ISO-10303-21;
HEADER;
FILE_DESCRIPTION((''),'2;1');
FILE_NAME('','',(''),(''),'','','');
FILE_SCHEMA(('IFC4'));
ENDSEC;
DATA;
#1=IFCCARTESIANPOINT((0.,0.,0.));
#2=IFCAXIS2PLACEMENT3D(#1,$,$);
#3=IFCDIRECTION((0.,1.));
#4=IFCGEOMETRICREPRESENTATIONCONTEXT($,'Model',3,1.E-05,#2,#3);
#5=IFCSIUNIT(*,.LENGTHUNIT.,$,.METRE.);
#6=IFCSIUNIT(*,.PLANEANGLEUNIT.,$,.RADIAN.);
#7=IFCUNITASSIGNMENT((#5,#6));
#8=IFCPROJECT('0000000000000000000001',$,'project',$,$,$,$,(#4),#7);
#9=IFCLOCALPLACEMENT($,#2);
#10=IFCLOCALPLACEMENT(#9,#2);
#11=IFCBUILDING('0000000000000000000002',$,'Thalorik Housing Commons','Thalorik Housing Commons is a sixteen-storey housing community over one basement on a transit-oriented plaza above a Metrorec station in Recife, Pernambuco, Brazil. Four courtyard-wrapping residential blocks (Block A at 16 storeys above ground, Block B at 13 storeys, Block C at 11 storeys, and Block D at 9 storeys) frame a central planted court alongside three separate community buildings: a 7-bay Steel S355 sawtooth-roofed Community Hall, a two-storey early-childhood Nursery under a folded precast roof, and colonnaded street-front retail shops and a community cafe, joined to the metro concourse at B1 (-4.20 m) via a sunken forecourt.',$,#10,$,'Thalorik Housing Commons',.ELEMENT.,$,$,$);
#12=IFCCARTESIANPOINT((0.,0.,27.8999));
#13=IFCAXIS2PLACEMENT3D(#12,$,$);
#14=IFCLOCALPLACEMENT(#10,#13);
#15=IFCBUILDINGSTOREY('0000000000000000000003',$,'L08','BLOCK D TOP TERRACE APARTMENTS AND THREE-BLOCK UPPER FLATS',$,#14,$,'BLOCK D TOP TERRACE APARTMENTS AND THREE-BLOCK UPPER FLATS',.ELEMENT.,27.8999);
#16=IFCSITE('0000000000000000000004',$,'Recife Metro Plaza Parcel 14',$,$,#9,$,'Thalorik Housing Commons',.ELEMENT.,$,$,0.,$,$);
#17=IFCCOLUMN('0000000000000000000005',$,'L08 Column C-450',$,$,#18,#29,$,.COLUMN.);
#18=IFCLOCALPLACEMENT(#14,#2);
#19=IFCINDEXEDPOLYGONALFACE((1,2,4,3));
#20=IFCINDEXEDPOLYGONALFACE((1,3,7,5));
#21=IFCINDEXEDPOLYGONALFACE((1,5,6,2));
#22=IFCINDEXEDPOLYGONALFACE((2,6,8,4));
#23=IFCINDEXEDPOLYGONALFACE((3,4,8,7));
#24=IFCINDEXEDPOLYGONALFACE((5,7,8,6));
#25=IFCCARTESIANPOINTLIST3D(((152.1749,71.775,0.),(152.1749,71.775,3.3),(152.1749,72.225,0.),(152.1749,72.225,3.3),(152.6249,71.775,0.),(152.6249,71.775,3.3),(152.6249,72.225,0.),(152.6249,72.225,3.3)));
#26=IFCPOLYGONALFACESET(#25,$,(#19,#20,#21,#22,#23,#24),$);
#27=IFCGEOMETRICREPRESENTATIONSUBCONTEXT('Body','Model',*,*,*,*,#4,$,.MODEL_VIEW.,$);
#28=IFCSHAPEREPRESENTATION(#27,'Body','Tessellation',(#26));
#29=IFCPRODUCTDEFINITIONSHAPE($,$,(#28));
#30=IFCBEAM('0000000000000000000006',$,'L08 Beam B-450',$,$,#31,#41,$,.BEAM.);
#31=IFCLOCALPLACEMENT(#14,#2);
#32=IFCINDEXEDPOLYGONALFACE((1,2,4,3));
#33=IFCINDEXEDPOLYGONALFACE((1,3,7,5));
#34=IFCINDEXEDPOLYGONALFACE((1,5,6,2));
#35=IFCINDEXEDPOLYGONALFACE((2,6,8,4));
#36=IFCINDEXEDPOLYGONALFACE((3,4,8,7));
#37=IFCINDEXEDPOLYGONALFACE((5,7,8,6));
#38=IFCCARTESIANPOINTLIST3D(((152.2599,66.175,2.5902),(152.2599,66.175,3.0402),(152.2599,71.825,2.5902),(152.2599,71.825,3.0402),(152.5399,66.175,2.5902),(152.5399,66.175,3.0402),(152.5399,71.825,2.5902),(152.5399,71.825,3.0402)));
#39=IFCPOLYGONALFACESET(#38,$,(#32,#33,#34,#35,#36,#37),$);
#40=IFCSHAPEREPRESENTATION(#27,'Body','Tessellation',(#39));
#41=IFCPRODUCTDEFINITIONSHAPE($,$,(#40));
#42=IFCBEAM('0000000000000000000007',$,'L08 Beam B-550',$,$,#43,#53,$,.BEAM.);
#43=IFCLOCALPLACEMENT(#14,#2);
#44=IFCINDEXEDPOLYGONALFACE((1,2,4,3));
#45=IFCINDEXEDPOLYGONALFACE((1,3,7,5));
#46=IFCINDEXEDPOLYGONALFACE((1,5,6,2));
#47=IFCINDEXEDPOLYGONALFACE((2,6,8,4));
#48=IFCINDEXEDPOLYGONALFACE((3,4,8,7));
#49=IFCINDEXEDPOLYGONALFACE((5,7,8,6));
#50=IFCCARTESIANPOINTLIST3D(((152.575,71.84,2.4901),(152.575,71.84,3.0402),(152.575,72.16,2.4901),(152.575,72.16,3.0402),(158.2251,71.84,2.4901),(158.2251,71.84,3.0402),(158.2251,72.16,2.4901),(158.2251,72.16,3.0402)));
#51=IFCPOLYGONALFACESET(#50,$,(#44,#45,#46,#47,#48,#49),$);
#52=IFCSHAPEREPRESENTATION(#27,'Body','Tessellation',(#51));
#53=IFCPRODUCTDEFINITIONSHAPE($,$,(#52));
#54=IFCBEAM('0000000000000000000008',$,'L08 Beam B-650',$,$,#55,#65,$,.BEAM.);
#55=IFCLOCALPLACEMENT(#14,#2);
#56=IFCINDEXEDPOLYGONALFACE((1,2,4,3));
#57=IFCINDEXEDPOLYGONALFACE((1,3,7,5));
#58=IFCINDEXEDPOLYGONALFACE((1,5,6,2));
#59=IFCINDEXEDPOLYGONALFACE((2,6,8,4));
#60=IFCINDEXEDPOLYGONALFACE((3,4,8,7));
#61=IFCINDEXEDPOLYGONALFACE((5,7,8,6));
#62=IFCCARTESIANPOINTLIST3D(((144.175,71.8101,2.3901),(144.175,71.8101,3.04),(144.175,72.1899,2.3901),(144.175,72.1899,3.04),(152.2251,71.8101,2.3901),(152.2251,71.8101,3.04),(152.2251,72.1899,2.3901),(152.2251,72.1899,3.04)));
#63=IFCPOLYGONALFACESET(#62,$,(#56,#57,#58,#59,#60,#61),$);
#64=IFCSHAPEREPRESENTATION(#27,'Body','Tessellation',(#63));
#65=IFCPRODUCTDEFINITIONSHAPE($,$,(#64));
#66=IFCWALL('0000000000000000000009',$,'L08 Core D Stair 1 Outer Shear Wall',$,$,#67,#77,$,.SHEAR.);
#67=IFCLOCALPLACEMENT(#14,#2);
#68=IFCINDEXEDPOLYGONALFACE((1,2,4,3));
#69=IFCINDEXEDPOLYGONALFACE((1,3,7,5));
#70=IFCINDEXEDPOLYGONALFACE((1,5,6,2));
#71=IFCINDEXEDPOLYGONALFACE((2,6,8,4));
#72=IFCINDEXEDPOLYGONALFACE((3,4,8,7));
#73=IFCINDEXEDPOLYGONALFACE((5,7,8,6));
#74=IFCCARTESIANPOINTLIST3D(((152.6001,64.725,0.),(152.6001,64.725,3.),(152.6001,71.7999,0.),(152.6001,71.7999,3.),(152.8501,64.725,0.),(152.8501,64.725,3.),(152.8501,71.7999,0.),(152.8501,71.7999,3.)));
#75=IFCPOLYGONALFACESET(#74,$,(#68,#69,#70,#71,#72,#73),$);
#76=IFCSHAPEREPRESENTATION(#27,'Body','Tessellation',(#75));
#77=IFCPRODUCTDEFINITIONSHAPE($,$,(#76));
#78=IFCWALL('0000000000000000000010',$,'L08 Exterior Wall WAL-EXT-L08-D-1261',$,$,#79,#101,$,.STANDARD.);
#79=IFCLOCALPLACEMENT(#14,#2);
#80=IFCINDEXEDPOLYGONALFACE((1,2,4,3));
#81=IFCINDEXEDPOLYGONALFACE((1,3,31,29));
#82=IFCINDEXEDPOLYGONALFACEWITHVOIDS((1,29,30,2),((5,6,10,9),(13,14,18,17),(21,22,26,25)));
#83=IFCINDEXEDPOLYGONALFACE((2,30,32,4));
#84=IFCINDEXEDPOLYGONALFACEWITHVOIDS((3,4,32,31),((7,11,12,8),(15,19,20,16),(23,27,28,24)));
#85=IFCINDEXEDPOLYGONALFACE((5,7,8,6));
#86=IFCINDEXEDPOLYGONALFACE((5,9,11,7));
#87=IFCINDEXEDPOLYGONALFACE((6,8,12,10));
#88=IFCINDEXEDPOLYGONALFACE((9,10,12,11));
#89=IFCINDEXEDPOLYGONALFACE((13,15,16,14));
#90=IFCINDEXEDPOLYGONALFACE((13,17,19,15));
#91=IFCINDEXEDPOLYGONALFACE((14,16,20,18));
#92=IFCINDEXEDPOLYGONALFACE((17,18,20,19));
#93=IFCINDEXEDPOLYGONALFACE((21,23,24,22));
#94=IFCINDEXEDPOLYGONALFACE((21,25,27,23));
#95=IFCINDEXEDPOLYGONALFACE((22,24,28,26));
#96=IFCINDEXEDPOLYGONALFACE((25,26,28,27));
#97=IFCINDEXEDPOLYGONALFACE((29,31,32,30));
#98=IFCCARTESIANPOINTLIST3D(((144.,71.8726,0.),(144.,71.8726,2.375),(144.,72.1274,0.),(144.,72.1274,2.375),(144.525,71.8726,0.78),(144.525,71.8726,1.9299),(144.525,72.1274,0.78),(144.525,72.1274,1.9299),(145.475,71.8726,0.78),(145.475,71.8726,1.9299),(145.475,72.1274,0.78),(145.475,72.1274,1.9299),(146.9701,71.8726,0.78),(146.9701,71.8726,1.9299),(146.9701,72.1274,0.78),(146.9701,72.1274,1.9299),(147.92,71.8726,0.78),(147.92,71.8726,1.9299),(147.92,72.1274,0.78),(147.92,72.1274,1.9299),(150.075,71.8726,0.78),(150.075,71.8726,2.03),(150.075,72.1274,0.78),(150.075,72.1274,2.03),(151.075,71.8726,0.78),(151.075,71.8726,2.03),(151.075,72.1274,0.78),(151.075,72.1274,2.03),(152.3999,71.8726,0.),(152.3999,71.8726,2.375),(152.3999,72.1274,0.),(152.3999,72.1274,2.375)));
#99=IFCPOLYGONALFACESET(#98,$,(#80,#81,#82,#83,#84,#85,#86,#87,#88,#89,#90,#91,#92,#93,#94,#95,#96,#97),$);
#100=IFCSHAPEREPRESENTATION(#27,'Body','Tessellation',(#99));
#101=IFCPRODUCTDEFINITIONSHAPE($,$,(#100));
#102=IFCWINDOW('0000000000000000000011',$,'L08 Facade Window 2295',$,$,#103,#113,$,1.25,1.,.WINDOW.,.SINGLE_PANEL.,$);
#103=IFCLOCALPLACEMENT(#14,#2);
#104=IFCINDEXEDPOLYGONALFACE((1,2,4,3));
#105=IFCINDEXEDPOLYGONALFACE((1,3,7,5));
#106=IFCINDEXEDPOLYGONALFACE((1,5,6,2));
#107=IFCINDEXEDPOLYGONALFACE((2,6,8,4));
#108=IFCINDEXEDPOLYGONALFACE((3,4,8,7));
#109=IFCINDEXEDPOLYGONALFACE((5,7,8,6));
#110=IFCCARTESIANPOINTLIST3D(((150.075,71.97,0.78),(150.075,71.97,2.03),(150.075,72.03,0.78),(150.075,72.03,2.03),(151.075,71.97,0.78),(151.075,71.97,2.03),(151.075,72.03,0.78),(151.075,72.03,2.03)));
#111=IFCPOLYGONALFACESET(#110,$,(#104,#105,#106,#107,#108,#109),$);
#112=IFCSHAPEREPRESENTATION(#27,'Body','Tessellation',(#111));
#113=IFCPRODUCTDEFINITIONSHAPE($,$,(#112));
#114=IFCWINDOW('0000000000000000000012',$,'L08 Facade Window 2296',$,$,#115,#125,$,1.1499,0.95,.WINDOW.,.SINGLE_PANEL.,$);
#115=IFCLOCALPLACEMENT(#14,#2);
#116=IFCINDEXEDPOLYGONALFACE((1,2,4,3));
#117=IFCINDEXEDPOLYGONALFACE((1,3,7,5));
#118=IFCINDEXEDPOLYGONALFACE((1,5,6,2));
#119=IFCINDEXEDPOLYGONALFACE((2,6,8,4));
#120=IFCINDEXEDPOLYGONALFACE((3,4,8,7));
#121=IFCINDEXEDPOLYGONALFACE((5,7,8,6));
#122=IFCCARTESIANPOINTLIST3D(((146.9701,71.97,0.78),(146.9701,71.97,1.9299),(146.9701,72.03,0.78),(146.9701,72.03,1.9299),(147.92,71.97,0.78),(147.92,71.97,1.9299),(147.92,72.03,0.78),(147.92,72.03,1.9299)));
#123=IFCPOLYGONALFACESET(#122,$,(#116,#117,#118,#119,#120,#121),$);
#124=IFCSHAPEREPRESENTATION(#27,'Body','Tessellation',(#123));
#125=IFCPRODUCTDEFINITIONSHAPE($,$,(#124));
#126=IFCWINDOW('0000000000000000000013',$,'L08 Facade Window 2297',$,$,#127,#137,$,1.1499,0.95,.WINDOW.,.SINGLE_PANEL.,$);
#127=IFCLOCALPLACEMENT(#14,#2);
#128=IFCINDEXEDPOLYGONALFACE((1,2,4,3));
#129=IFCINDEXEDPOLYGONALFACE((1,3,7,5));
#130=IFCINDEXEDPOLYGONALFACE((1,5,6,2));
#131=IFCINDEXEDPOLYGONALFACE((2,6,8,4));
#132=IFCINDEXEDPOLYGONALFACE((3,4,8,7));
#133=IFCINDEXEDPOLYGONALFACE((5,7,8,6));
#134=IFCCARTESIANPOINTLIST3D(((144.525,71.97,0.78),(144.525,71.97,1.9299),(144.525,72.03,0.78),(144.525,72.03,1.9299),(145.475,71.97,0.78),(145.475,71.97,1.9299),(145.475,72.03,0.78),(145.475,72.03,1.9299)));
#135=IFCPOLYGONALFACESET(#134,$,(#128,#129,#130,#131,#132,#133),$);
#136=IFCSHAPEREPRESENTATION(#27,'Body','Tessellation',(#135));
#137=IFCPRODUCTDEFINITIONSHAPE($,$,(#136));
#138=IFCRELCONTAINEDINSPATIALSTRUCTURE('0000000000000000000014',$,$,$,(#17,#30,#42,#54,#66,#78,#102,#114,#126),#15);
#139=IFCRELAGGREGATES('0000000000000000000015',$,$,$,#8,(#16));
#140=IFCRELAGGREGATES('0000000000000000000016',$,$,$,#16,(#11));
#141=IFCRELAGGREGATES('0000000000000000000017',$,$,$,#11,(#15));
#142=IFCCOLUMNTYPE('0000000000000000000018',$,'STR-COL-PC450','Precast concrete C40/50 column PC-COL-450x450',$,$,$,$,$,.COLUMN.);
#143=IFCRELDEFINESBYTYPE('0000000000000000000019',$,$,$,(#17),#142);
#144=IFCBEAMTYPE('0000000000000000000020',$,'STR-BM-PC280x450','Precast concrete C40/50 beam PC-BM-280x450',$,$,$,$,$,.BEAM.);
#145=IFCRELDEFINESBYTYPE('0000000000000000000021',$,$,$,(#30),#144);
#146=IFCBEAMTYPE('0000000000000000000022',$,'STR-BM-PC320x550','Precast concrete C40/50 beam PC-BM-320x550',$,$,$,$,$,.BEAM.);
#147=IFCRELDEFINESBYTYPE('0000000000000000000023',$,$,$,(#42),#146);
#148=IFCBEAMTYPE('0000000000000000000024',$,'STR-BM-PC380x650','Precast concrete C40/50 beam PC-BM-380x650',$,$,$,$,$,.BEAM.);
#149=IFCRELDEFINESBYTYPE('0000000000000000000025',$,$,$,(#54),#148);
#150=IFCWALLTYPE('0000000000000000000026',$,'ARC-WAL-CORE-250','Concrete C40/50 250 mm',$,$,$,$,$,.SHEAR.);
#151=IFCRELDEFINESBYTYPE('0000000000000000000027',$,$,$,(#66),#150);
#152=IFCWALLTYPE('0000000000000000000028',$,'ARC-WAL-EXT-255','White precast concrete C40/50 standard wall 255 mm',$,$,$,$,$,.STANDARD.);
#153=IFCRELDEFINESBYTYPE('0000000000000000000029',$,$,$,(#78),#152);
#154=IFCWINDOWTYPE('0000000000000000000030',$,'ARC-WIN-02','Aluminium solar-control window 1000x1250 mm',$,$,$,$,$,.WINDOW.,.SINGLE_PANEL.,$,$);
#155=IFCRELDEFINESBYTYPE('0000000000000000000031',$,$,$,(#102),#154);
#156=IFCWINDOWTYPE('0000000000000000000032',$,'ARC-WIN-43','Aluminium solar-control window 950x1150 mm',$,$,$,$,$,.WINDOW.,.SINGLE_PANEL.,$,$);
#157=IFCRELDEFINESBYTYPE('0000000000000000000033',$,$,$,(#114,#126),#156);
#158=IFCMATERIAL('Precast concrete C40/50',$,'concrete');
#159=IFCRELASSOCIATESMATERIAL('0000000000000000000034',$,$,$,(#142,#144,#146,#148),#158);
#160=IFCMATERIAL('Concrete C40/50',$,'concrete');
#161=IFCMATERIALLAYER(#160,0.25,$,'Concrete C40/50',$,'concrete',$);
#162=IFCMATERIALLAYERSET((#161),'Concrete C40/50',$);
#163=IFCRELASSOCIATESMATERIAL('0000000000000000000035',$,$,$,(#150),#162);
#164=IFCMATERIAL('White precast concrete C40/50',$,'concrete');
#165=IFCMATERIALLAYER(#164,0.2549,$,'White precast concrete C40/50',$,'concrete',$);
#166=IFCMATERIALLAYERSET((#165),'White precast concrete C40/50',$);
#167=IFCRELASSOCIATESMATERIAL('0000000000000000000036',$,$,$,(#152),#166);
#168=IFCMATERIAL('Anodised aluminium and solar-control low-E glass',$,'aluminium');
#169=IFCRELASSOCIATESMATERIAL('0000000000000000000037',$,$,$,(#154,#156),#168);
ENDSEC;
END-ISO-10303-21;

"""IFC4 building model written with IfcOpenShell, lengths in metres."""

from ifc_helpers import new_model, si_unit, direction, frame, frame_2d, origin, origin_2d, place, context, subcontext, project, spatial, rectangle, extrude, material, layer, layer_set, material_profile, profile_set, type_object, element, fill, save


model = new_model("IFC4")

# Units and contexts
model_context = context("Model", 3, precision=1e-05, world=origin(), true_north=direction((0.0, 1.0)))
body_context = subcontext(model_context, "Body", "Model", "MODEL_VIEW")
ifc_project = project(units=[si_unit("LENGTHUNIT", "METRE"), si_unit("PLANEANGLEUNIT", "RADIAN")], contexts=[model_context])

# Site, building, storey
site_placement = place(None, origin())
site = spatial("IfcSite", under=ifc_project, at=site_placement, Name="Recife Metro Plaza Parcel 14", LongName="Thalorik Housing Commons", CompositionType="ELEMENT", RefElevation=0.0)
building_placement = place(site_placement, origin())
building = spatial("IfcBuilding", under=site, at=building_placement, Name="Thalorik Housing Commons", Description="Thalorik Housing Commons is a sixteen-storey housing community over one basement on a transit-oriented plaza above a Metrorec station in Recife, Pernambuco, Brazil. Four courtyard-wrapping residential blocks (Block A at 16 storeys above ground, Block B at 13 storeys, Block C at 11 storeys, and Block D at 9 storeys) frame a central planted court alongside three separate community buildings: a 7-bay Steel S355 sawtooth-roofed Community Hall, a two-storey early-childhood Nursery under a folded precast roof, and colonnaded street-front retail shops and a community cafe, joined to the metro concourse at B1 (-4.20 m) via a sunken forecourt.", LongName="Thalorik Housing Commons", CompositionType="ELEMENT")
storey_placement = place(building_placement, frame((0.0, 0.0, 27.8999)))
storey = spatial("IfcBuildingStorey", under=building, at=storey_placement, Name="L08", Description="BLOCK D TOP TERRACE APARTMENTS AND THREE-BLOCK UPPER FLATS", LongName="BLOCK D TOP TERRACE APARTMENTS AND THREE-BLOCK UPPER FLATS", CompositionType="ELEMENT", Elevation=27.8999)

# Column
ifc_material_1 = material(Name="Precast concrete C40/50", Category="concrete")
ifc_material_profile_1 = material_profile(ifc_material_1, rectangle(XDim=0.45, YDim=0.45, at=origin_2d()), Name="PC 450x450", Category="concrete")
ifc_profile_set_1 = profile_set([ifc_material_profile_1], Name="Precast concrete C40/50")
column_type = type_object("IfcColumnType", Name="STR-COL-PC450", Description="Precast concrete C40/50 column PC-COL-450x450", PredefinedType="COLUMN", material=ifc_profile_set_1)
column_placement = place(storey_placement, frame((152.3999, 72.0, 0.0), z_axis=(0.0, 0.0, 1.0), x_axis=(1.0, 0.0, 0.0)))
element("IfcColumn", 1, at=column_placement, inside=storey, type_object=column_type, Name="L08 Column C-450", PredefinedType="COLUMN", context=body_context, shape_type="SweptSolid", body=[
    extrude(rectangle(XDim=0.45, YDim=0.45, at=origin_2d()), origin(), (0.0, 0.0, 1.0), 3.3),
])

# Beams
ifc_material_profile_2 = material_profile(ifc_material_1, rectangle(XDim=0.28, YDim=0.45, at=origin_2d()), Name="PC 280x450", Category="concrete")
ifc_profile_set_2 = profile_set([ifc_material_profile_2], Name="Precast concrete C40/50")
beam_type_1 = type_object("IfcBeamType", Name="STR-BM-PC280x450", Description="Precast concrete C40/50 beam PC-BM-280x450", PredefinedType="BEAM", material=ifc_profile_set_2)
beam_1_placement = place(storey_placement, frame((152.3999, 66.175, 2.8152), z_axis=(0.0, 1.0, 0.0), x_axis=(-1.0, 0.0, 0.0)))
element("IfcBeam", 2, at=beam_1_placement, inside=storey, type_object=beam_type_1, Name="L08 Beam B-450", PredefinedType="BEAM", context=body_context, shape_type="SweptSolid", body=[
    extrude(rectangle(XDim=0.28, YDim=0.45, at=origin_2d()), origin(), (0.0, 0.0, 1.0), 5.6499),
])
ifc_material_profile_3 = material_profile(ifc_material_1, rectangle(XDim=0.3201, YDim=0.55, at=origin_2d()), Name="PC 320x550", Category="concrete")
ifc_profile_set_3 = profile_set([ifc_material_profile_3], Name="Precast concrete C40/50")
beam_type_2 = type_object("IfcBeamType", Name="STR-BM-PC320x550", Description="Precast concrete C40/50 beam PC-BM-320x550", PredefinedType="BEAM", material=ifc_profile_set_3)
beam_2_placement = place(storey_placement, frame((152.575, 72.0, 2.7651), z_axis=(1.0, 0.0, 0.0), x_axis=(0.0, 1.0, 0.0)))
element("IfcBeam", 3, at=beam_2_placement, inside=storey, type_object=beam_type_2, Name="L08 Beam B-550", PredefinedType="BEAM", context=body_context, shape_type="SweptSolid", body=[
    extrude(rectangle(XDim=0.3201, YDim=0.55, at=origin_2d()), origin(), (0.0, 0.0, 1.0), 5.6501),
])
ifc_material_profile_4 = material_profile(ifc_material_1, rectangle(XDim=0.3799, YDim=0.6499, at=origin_2d()), Name="PC 380x650", Category="concrete")
ifc_profile_set_4 = profile_set([ifc_material_profile_4], Name="Precast concrete C40/50")
beam_type_3 = type_object("IfcBeamType", Name="STR-BM-PC380x650", Description="Precast concrete C40/50 beam PC-BM-380x650", PredefinedType="BEAM", material=ifc_profile_set_4)
beam_3_placement = place(storey_placement, frame((144.175, 72.0, 2.7151), z_axis=(1.0, 0.0, 0.0), x_axis=(0.0, 1.0, 0.0)))
element("IfcBeam", 4, at=beam_3_placement, inside=storey, type_object=beam_type_3, Name="L08 Beam B-650", PredefinedType="BEAM", context=body_context, shape_type="SweptSolid", body=[
    extrude(rectangle(XDim=0.3799, YDim=0.6499, at=origin_2d()), origin(), (0.0, 0.0, 1.0), 8.05),
])

# Wall
ifc_material_2 = material(Name="Concrete C40/50", Category="concrete")
ifc_layer_1 = layer(ifc_material_2, 0.25, Name="Concrete C40/50", Category="concrete")
ifc_layer_set_1 = layer_set([ifc_layer_1], Name="Concrete C40/50")
wall_type_1 = type_object("IfcWallType", Name="ARC-WAL-CORE-250", Description="Concrete C40/50 250 mm", PredefinedType="SHEAR", material=ifc_layer_set_1)
wall_1_placement = place(storey_placement, frame((152.7251, 71.8, 0.0), z_axis=(0.0, 0.0, 1.0), x_axis=(0.0, -1.0, 0.0)))
element("IfcWall", 5, at=wall_1_placement, inside=storey, type_object=wall_type_1, Name="L08 Core D Stair 1 Outer Shear Wall", PredefinedType="SHEAR", context=body_context, shape_type="SweptSolid", body=[
    extrude(rectangle(XDim=7.075, YDim=0.25, at=frame_2d((3.5376, 0.0))), origin(), (0.0, 0.0, 1.0), 3.0),
])

# Wall, openings, windows
ifc_material_3 = material(Name="White precast concrete C40/50", Category="concrete")
ifc_layer_2 = layer(ifc_material_3, 0.2549, Name="White precast concrete C40/50", Category="concrete")
ifc_layer_set_2 = layer_set([ifc_layer_2], Name="White precast concrete C40/50")
wall_type_2 = type_object("IfcWallType", Name="ARC-WAL-EXT-255", Description="White precast concrete C40/50 standard wall 255 mm", PredefinedType="STANDARD", material=ifc_layer_set_2)
wall_2_placement = place(storey_placement, frame((152.3999, 72.0, 0.0), z_axis=(0.0, 0.0, 1.0), x_axis=(-1.0, 0.0, 0.0)))
wall_2 = element("IfcWall", 6, at=wall_2_placement, inside=storey, type_object=wall_type_2, Name="L08 Exterior Wall WAL-EXT-L08-D-1261", PredefinedType="STANDARD", context=body_context, shape_type="SweptSolid", body=[
    extrude(rectangle(XDim=8.3999, YDim=0.2549, at=frame_2d((4.2, 0.0))), origin(), (0.0, 0.0, 1.0), 2.375),
])
opening_1_placement = place(wall_2_placement, frame((1.325, 0.0, 0.78)))
opening_1 = element("IfcOpeningElement", 7, at=opening_1_placement, cuts=wall_2, PredefinedType="OPENING", context=body_context, shape_type="SweptSolid", body=[
    extrude(rectangle(XDim=1.0, YDim=1.25, at=frame_2d((0.5, 0.625))), frame((0.0, 0.1375, 0.0), z_axis=(0.0, -1.0, 0.0), x_axis=(1.0, 0.0, 0.0)), (0.0, 0.0, 1.0), 0.2749),
])
opening_2_placement = place(wall_2_placement, frame((4.4797, 0.0, 0.78)))
opening_2 = element("IfcOpeningElement", 8, at=opening_2_placement, cuts=wall_2, PredefinedType="OPENING", context=body_context, shape_type="SweptSolid", body=[
    extrude(rectangle(XDim=0.95, YDim=1.1499, at=frame_2d((0.4751, 0.575))), frame((0.0, 0.1375, 0.0), z_axis=(0.0, -1.0, 0.0), x_axis=(1.0, 0.0, 0.0)), (0.0, 0.0, 1.0), 0.2749),
])
opening_3_placement = place(wall_2_placement, frame((6.9248, 0.0, 0.78)))
opening_3 = element("IfcOpeningElement", 9, at=opening_3_placement, cuts=wall_2, PredefinedType="OPENING", context=body_context, shape_type="SweptSolid", body=[
    extrude(rectangle(XDim=0.95, YDim=1.1499, at=frame_2d((0.4751, 0.575))), frame((0.0, 0.1375, 0.0), z_axis=(0.0, -1.0, 0.0), x_axis=(1.0, 0.0, 0.0)), (0.0, 0.0, 1.0), 0.2749),
])
ifc_material_4 = material(Name="Anodised aluminium and solar-control low-E glass", Category="aluminium")
window_type_1 = type_object("IfcWindowType", Name="ARC-WIN-02", Description="Aluminium solar-control window 1000x1250 mm", PartitioningType="SINGLE_PANEL", PredefinedType="WINDOW", material=ifc_material_4)
window_1_placement = place(opening_1_placement, origin())
window_1 = element("IfcWindow", 10, at=window_1_placement, inside=storey, type_object=window_type_1, Name="L08 Facade Window 2295", OverallHeight=1.25, OverallWidth=1.0, PartitioningType="SINGLE_PANEL", PredefinedType="WINDOW", context=body_context, shape_type="SweptSolid", body=[
    extrude(rectangle(XDim=1.0, YDim=1.25, at=frame_2d((0.5, 0.625))), frame((0.0, 0.03, 0.0), z_axis=(0.0, -1.0, 0.0), x_axis=(1.0, 0.0, 0.0)), (0.0, 0.0, 1.0), 0.0601),
])
fill(opening_1, window_1)
window_type_2 = type_object("IfcWindowType", Name="ARC-WIN-43", Description="Aluminium solar-control window 950x1150 mm", PartitioningType="SINGLE_PANEL", PredefinedType="WINDOW", material=ifc_material_4)
window_2_placement = place(opening_2_placement, origin())
window_2 = element("IfcWindow", 11, at=window_2_placement, inside=storey, type_object=window_type_2, Name="L08 Facade Window 2296", OverallHeight=1.1499, OverallWidth=0.95, PartitioningType="SINGLE_PANEL", PredefinedType="WINDOW", context=body_context, shape_type="SweptSolid", body=[
    extrude(rectangle(XDim=0.95, YDim=1.1499, at=frame_2d((0.4751, 0.575))), frame((0.0, 0.03, 0.0), z_axis=(0.0, -1.0, 0.0), x_axis=(1.0, 0.0, 0.0)), (0.0, 0.0, 1.0), 0.0601),
])
fill(opening_2, window_2)
window_3_placement = place(opening_3_placement, origin())
window_3 = element("IfcWindow", 12, at=window_3_placement, inside=storey, type_object=window_type_2, Name="L08 Facade Window 2297", OverallHeight=1.1499, OverallWidth=0.95, PartitioningType="SINGLE_PANEL", PredefinedType="WINDOW", context=body_context, shape_type="SweptSolid", body=[
    extrude(rectangle(XDim=0.95, YDim=1.1499, at=frame_2d((0.4751, 0.575))), frame((0.0, 0.03, 0.0), z_axis=(0.0, -1.0, 0.0), x_axis=(1.0, 0.0, 0.0)), (0.0, 0.0, 1.0), 0.0601),
])
fill(opening_3, window_3)

save(model, "model.ifc")
